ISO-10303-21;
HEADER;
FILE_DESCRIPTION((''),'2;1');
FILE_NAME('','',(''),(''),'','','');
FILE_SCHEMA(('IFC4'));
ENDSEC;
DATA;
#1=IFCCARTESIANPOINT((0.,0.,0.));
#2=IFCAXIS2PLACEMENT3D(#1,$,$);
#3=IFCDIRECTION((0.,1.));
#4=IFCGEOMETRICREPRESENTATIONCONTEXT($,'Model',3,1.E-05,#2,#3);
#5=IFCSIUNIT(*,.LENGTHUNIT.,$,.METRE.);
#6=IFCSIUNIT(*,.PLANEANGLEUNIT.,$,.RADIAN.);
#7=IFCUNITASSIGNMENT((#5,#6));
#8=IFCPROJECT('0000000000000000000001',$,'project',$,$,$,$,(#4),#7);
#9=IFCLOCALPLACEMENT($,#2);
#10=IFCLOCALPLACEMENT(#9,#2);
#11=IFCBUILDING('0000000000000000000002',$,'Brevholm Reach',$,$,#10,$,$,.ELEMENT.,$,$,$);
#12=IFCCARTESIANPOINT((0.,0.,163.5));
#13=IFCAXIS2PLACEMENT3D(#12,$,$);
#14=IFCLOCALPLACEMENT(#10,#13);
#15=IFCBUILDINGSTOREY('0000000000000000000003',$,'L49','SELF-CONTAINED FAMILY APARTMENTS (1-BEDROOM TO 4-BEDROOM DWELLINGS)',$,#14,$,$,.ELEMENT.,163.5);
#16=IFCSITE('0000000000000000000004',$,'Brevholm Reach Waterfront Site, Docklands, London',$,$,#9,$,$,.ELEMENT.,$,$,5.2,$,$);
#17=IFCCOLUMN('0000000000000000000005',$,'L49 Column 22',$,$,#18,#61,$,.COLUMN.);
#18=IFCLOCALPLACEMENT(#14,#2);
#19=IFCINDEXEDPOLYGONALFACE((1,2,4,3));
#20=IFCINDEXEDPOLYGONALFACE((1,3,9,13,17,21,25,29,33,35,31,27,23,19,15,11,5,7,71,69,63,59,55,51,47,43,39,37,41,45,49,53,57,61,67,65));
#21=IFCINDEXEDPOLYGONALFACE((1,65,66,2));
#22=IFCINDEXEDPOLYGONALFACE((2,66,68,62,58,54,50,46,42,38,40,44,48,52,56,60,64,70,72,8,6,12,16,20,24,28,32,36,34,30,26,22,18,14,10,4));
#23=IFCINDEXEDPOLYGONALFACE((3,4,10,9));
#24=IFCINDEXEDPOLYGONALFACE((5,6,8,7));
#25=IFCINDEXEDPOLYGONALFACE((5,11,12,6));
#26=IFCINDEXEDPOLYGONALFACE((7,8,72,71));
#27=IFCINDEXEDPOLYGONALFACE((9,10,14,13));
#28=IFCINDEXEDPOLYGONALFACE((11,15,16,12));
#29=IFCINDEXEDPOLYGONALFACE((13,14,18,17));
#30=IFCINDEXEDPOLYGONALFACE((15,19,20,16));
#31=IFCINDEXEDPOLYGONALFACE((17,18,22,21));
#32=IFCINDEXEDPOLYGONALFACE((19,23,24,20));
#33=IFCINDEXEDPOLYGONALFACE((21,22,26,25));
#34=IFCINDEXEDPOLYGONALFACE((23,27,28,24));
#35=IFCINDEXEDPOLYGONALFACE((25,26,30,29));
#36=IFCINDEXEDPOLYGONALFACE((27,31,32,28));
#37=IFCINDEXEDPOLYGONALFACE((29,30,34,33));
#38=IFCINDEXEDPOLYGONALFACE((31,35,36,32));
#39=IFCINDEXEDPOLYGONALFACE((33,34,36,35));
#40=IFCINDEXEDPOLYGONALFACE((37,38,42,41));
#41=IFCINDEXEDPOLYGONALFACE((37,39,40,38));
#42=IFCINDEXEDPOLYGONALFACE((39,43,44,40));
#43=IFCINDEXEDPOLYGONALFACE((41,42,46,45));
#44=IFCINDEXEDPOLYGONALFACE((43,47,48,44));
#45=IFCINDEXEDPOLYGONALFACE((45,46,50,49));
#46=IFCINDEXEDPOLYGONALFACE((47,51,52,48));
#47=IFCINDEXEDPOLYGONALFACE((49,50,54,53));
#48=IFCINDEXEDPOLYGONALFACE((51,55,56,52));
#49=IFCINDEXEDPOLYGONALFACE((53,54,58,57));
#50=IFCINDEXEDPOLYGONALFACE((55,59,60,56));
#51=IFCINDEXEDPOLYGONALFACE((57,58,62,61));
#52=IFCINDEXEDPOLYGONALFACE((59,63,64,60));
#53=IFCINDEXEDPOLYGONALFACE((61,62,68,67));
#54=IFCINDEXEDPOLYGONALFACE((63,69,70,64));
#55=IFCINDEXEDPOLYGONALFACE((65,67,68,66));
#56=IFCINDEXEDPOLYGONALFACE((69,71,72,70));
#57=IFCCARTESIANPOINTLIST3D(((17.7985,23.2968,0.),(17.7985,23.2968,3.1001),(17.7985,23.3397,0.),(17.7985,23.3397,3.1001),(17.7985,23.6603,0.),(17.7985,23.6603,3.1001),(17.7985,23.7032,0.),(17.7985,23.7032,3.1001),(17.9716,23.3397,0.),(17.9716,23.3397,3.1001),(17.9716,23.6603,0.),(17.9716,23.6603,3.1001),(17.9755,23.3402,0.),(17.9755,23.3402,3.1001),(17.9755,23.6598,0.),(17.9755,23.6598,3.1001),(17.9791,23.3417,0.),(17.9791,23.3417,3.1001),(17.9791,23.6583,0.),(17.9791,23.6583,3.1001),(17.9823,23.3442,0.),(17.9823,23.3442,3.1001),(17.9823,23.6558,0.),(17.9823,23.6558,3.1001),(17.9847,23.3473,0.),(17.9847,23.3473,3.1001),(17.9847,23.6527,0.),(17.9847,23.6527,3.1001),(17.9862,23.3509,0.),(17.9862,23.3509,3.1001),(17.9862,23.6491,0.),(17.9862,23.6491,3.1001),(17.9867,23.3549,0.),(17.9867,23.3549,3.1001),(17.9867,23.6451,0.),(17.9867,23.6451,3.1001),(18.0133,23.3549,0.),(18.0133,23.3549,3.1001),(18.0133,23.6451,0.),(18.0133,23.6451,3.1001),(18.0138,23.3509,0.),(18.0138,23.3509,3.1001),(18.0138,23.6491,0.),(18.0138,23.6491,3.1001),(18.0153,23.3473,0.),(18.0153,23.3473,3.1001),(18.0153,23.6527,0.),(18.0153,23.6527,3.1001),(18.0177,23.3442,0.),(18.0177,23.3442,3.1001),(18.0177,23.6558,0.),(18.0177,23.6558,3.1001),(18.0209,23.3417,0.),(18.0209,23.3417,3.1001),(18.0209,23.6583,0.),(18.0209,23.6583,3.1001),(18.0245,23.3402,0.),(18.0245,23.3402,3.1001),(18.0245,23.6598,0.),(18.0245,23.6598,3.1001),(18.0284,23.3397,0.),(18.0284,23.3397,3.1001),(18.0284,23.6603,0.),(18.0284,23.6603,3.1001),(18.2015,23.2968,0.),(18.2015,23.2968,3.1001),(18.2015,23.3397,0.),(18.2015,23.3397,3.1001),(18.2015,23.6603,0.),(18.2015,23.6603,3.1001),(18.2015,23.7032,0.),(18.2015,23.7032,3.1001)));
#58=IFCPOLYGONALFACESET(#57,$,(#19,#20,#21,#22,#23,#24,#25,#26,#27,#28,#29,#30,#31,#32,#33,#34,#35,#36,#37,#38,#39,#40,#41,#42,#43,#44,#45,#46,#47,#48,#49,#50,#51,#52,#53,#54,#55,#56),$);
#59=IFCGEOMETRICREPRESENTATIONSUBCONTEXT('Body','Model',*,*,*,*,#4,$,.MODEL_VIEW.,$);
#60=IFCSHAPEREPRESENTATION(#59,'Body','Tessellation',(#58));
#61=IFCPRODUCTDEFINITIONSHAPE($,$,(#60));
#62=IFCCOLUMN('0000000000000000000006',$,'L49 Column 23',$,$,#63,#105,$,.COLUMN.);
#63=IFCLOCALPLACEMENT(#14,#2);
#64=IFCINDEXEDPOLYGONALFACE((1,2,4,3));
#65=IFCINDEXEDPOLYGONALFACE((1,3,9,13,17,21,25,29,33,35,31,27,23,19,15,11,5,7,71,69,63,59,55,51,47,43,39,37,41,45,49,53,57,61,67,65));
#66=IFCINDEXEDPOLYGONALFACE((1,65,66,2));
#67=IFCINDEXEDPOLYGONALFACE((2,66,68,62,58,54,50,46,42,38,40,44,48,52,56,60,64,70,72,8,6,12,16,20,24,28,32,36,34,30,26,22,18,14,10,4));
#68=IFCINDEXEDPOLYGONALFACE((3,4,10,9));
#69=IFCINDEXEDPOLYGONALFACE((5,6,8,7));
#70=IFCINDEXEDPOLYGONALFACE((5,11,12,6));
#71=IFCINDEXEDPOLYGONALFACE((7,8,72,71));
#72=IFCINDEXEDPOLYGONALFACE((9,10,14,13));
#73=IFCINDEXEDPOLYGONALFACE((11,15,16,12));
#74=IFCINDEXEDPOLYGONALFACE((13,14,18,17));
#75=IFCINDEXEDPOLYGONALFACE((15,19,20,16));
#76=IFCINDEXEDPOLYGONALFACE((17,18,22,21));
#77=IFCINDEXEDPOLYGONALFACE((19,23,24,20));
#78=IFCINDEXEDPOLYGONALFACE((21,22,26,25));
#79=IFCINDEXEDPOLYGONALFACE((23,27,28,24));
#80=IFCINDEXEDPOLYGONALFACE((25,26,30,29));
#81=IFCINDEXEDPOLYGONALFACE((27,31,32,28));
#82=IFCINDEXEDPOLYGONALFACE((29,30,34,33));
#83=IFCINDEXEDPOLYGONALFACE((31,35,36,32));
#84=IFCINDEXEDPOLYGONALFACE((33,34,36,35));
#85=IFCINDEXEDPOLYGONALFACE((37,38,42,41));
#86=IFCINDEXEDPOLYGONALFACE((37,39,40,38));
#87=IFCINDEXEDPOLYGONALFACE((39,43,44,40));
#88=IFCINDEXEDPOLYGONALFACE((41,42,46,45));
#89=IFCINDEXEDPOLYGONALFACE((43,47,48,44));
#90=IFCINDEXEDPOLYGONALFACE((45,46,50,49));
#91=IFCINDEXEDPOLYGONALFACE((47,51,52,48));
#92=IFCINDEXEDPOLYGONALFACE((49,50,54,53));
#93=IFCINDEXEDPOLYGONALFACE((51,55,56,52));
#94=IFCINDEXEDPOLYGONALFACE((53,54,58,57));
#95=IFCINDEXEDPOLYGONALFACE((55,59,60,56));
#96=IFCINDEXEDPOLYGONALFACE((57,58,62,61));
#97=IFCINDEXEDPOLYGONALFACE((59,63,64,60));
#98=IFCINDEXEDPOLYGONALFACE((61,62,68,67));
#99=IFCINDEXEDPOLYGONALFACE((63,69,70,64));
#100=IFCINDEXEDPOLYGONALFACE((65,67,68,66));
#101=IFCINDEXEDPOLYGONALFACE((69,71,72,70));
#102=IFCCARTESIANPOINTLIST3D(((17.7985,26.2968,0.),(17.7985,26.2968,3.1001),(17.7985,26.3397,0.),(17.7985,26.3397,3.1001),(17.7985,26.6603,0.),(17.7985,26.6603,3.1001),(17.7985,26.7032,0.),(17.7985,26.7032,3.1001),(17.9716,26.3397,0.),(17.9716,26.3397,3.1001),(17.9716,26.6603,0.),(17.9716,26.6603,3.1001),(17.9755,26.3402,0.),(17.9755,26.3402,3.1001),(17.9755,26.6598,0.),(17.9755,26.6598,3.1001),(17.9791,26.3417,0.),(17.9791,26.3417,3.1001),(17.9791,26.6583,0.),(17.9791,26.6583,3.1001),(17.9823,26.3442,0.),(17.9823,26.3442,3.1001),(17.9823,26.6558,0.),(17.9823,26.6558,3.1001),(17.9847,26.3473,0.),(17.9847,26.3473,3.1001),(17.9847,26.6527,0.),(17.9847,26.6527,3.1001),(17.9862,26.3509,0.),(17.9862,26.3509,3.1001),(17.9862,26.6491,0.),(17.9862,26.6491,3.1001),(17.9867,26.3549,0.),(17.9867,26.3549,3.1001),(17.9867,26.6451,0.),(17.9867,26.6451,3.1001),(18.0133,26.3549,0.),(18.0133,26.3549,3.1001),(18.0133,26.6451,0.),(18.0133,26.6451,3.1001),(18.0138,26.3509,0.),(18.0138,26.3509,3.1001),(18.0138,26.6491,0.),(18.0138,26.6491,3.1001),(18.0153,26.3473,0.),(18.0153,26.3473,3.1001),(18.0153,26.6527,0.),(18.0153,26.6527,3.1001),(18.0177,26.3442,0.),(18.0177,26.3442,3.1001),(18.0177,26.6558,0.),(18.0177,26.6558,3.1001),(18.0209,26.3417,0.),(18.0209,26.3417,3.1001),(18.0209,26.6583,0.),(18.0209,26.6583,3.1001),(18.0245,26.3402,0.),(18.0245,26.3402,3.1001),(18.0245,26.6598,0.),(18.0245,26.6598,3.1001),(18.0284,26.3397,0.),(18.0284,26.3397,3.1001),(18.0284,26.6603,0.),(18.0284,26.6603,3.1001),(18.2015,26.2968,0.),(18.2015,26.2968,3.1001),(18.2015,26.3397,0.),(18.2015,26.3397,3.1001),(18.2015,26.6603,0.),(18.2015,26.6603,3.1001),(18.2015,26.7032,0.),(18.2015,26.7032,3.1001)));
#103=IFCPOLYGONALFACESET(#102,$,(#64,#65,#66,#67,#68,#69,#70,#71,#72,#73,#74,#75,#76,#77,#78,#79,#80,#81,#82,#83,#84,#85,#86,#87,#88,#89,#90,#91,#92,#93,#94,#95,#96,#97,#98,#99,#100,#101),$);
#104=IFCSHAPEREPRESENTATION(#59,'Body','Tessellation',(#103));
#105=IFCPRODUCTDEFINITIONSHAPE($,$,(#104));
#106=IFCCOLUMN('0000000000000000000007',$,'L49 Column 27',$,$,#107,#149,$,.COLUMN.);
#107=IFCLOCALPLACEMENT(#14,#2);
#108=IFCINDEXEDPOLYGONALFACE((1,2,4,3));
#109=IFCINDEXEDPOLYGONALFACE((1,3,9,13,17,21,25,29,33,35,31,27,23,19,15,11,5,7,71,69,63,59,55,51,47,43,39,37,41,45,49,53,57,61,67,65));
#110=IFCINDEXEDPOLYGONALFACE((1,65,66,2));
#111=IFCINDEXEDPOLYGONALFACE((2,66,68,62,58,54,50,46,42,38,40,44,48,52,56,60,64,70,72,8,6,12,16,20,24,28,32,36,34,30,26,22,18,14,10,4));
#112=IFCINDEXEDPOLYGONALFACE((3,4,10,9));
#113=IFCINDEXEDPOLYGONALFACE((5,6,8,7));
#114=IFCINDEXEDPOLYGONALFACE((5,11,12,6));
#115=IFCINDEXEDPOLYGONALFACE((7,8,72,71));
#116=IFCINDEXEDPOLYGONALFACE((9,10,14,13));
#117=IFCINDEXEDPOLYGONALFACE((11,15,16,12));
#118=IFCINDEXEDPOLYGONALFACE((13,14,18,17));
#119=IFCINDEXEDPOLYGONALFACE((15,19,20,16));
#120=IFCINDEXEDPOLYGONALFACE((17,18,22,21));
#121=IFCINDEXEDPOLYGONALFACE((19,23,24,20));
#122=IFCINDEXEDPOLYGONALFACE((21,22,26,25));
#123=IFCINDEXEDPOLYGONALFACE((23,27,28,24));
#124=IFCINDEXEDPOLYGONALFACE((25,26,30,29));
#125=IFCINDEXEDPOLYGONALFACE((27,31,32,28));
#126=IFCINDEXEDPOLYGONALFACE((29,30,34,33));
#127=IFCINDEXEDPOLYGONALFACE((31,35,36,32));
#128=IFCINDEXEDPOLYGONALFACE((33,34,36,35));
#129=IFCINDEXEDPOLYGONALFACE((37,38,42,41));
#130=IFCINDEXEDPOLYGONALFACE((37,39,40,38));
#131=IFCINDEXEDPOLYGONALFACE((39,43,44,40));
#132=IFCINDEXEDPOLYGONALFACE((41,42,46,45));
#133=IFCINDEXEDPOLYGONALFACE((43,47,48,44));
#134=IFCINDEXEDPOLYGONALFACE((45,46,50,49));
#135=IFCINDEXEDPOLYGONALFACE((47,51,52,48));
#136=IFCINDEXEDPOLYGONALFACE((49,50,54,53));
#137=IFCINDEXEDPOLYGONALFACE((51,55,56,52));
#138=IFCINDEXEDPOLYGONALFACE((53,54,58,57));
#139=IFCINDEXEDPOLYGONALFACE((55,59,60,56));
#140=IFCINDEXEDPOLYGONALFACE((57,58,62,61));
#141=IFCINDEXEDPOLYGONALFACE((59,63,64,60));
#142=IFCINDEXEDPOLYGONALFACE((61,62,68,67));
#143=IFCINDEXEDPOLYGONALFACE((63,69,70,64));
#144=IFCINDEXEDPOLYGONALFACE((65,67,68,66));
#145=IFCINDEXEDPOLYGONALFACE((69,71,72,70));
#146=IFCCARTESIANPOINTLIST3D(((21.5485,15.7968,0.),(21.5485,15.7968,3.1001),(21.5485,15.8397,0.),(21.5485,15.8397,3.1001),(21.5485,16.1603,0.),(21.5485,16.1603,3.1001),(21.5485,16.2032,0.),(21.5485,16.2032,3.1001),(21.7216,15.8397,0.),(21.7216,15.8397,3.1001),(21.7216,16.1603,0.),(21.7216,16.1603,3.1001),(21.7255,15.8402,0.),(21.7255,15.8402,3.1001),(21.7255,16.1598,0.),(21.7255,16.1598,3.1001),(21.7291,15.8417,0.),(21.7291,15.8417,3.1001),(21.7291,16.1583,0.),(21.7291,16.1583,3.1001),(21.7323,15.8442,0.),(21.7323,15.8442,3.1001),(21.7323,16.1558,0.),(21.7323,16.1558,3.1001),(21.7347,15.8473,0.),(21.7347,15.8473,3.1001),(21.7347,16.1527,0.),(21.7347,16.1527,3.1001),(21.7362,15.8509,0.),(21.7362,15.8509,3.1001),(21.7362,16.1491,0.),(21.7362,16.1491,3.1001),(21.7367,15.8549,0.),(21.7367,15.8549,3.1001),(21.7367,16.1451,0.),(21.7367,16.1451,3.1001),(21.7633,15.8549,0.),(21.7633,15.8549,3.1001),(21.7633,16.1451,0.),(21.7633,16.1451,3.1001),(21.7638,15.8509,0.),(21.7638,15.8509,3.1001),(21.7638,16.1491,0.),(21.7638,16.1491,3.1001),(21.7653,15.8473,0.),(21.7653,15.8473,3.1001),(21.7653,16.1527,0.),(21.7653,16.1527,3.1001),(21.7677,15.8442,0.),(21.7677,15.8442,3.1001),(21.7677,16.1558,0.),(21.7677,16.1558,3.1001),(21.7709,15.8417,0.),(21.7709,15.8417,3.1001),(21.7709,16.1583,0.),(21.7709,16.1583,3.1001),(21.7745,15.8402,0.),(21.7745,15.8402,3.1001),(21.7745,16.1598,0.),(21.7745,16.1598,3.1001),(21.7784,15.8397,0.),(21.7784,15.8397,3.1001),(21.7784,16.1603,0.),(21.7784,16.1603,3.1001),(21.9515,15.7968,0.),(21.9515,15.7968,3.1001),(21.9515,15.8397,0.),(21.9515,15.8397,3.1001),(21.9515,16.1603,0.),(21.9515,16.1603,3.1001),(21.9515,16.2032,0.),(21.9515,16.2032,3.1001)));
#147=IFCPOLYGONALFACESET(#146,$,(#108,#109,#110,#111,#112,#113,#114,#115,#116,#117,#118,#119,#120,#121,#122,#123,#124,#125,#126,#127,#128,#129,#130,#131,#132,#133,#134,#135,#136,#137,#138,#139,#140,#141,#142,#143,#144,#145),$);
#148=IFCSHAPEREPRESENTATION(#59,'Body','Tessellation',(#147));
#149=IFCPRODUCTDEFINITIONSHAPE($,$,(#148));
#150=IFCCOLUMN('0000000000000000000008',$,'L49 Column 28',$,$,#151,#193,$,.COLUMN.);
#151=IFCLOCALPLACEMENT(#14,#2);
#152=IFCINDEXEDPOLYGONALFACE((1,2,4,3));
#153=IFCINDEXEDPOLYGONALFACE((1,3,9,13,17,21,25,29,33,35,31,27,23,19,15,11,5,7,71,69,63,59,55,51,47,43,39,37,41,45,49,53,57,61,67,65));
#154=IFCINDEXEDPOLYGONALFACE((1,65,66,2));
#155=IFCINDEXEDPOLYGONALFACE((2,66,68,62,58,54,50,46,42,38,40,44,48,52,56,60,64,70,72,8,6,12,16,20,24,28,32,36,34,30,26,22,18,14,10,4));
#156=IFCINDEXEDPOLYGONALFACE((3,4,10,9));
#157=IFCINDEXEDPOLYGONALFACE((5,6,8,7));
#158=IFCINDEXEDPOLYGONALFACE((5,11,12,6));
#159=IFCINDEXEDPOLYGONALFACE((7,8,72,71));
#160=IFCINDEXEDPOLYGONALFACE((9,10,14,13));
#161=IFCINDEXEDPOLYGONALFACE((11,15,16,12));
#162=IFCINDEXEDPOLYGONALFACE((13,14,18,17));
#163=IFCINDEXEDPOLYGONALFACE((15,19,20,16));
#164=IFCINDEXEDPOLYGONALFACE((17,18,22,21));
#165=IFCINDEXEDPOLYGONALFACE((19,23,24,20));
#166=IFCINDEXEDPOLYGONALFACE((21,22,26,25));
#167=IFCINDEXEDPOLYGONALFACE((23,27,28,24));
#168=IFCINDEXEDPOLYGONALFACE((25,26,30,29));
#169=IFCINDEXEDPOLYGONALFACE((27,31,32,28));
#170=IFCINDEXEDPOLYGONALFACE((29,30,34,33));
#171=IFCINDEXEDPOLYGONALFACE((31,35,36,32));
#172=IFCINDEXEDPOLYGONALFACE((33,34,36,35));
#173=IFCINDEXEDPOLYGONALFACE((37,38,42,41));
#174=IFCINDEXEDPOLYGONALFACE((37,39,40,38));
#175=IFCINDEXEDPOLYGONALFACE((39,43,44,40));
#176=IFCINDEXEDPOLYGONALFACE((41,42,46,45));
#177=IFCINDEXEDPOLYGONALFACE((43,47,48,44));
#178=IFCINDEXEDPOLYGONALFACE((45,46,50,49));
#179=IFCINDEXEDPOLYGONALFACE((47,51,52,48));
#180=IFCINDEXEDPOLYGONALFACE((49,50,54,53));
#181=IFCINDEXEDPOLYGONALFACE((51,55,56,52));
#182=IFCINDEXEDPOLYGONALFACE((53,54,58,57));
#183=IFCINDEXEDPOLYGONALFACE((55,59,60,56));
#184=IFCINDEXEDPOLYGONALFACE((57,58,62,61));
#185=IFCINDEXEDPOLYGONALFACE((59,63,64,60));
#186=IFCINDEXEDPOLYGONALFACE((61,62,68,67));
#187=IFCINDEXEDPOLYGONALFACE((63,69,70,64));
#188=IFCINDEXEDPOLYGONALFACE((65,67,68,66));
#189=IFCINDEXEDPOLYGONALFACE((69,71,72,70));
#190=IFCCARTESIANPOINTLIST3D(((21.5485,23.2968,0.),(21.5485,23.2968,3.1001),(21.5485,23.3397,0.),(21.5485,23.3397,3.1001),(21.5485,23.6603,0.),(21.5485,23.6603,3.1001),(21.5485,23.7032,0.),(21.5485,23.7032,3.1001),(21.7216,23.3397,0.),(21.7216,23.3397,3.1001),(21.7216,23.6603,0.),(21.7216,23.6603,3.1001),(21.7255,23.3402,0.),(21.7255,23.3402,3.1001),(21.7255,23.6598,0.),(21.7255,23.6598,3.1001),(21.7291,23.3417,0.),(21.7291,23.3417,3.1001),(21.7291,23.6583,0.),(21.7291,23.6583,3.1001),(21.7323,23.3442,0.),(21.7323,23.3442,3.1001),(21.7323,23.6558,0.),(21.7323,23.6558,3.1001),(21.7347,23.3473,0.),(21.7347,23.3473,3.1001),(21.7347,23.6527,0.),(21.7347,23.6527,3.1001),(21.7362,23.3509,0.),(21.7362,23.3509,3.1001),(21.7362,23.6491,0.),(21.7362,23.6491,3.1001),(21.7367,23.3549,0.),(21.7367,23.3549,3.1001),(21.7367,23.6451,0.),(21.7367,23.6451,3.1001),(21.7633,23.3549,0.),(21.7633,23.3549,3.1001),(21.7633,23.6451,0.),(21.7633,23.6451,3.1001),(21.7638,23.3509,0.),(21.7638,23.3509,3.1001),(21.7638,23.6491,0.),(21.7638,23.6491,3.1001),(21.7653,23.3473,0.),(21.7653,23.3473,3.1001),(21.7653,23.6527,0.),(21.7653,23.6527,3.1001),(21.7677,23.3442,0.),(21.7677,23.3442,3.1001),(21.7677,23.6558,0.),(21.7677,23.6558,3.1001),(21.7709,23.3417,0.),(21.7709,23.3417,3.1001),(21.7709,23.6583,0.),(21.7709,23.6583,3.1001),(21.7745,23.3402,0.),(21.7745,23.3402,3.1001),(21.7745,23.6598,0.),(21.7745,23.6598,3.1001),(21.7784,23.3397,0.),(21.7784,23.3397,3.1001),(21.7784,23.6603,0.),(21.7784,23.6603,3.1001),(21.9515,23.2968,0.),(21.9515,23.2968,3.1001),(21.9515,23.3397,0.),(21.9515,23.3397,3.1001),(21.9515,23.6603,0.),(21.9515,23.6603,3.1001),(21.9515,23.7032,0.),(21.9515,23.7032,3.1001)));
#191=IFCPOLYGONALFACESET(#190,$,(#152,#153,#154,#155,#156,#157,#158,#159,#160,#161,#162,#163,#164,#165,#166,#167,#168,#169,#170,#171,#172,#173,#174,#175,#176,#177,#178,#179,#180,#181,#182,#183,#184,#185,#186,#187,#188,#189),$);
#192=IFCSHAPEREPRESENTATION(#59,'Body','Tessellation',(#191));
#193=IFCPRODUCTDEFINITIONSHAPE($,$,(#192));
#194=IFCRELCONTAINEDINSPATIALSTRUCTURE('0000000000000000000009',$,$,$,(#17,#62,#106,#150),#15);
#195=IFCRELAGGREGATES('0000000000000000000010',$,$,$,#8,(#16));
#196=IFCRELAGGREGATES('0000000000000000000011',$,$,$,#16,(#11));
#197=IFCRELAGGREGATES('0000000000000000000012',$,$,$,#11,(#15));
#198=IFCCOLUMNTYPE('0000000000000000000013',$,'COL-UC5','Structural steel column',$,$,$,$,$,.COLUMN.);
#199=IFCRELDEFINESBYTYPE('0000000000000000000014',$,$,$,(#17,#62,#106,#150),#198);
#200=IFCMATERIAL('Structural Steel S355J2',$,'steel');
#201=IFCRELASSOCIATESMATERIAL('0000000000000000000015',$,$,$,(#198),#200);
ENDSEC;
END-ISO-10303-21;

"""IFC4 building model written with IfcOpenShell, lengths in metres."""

from ifc_helpers import new_model, si_unit, direction, frame, origin, origin_2d, place, context, subcontext, project, spatial, i_section, extrude, material, material_profile, profile_set, type_object, element, save


model = new_model("IFC4")

# Units and contexts
model_context = context("Model", 3, precision=1e-05, world=origin(), true_north=direction((0.0, 1.0)))
body_context = subcontext(model_context, "Body", "Model", "MODEL_VIEW")
ifc_project = project(units=[si_unit("LENGTHUNIT", "METRE"), si_unit("PLANEANGLEUNIT", "RADIAN")], contexts=[model_context])

# Site, building, storey
site_placement = place(None, origin())
site = spatial("IfcSite", under=ifc_project, at=site_placement, Name="Brevholm Reach Waterfront Site, Docklands, London", CompositionType="ELEMENT", RefElevation=5.2)
building_placement = place(site_placement, origin())
building = spatial("IfcBuilding", under=site, at=building_placement, Name="Brevholm Reach", CompositionType="ELEMENT")
storey_placement = place(building_placement, frame((0.0, 0.0, 163.5)))
storey = spatial("IfcBuildingStorey", under=building, at=storey_placement, Name="L49", Description="SELF-CONTAINED FAMILY APARTMENTS (1-BEDROOM TO 4-BEDROOM DWELLINGS)", CompositionType="ELEMENT", Elevation=163.5)

# Columns
ifc_material_1 = material(Name="Structural Steel S355J2", Category="steel")
ifc_material_profile_1 = material_profile(ifc_material_1, i_section(OverallWidth=0.4031, OverallDepth=0.4065, WebThickness=0.0266, FlangeThickness=0.043, FilletRadius=0.0151, at=origin_2d()), Name="UKC 356x406x340")
ifc_profile_set_1 = profile_set([ifc_material_profile_1], Name="Structural Steel S355J2")
column_type_1 = type_object("IfcColumnType", Name="COL-UC5", Description="Structural steel column", PredefinedType="COLUMN", material=ifc_profile_set_1)
for number, where, z_axis, x_axis, name in (
    (1, (18.0, 23.5, 0.0), (0.0, 0.0, 1.0), (1.0, 0.0, 0.0), "L49 Column 22"),
    (2, (18.0, 26.5, 0.0), (0.0, 0.0, 1.0), (1.0, 0.0, 0.0), "L49 Column 23"),
    (3, (21.75, 16.0, 0.0), (0.0, 0.0, 1.0), (1.0, 0.0, 0.0), "L49 Column 27"),
    (4, (21.75, 23.5, 0.0), (0.0, 0.0, 1.0), (1.0, 0.0, 0.0), "L49 Column 28"),
):
    element("IfcColumn", number, at=place(storey_placement, frame(where, z_axis=z_axis, x_axis=x_axis)), inside=storey, type_object=column_type_1, Name=name, PredefinedType="COLUMN", context=body_context, shape_type="SweptSolid", body=[
        extrude(i_section(OverallWidth=0.4031, OverallDepth=0.4065, WebThickness=0.0266, FlangeThickness=0.043, FilletRadius=0.0151, at=origin_2d()), origin(), (0.0, 0.0, 1.0), 3.1001),
    ])

save(model, "model.ifc")
